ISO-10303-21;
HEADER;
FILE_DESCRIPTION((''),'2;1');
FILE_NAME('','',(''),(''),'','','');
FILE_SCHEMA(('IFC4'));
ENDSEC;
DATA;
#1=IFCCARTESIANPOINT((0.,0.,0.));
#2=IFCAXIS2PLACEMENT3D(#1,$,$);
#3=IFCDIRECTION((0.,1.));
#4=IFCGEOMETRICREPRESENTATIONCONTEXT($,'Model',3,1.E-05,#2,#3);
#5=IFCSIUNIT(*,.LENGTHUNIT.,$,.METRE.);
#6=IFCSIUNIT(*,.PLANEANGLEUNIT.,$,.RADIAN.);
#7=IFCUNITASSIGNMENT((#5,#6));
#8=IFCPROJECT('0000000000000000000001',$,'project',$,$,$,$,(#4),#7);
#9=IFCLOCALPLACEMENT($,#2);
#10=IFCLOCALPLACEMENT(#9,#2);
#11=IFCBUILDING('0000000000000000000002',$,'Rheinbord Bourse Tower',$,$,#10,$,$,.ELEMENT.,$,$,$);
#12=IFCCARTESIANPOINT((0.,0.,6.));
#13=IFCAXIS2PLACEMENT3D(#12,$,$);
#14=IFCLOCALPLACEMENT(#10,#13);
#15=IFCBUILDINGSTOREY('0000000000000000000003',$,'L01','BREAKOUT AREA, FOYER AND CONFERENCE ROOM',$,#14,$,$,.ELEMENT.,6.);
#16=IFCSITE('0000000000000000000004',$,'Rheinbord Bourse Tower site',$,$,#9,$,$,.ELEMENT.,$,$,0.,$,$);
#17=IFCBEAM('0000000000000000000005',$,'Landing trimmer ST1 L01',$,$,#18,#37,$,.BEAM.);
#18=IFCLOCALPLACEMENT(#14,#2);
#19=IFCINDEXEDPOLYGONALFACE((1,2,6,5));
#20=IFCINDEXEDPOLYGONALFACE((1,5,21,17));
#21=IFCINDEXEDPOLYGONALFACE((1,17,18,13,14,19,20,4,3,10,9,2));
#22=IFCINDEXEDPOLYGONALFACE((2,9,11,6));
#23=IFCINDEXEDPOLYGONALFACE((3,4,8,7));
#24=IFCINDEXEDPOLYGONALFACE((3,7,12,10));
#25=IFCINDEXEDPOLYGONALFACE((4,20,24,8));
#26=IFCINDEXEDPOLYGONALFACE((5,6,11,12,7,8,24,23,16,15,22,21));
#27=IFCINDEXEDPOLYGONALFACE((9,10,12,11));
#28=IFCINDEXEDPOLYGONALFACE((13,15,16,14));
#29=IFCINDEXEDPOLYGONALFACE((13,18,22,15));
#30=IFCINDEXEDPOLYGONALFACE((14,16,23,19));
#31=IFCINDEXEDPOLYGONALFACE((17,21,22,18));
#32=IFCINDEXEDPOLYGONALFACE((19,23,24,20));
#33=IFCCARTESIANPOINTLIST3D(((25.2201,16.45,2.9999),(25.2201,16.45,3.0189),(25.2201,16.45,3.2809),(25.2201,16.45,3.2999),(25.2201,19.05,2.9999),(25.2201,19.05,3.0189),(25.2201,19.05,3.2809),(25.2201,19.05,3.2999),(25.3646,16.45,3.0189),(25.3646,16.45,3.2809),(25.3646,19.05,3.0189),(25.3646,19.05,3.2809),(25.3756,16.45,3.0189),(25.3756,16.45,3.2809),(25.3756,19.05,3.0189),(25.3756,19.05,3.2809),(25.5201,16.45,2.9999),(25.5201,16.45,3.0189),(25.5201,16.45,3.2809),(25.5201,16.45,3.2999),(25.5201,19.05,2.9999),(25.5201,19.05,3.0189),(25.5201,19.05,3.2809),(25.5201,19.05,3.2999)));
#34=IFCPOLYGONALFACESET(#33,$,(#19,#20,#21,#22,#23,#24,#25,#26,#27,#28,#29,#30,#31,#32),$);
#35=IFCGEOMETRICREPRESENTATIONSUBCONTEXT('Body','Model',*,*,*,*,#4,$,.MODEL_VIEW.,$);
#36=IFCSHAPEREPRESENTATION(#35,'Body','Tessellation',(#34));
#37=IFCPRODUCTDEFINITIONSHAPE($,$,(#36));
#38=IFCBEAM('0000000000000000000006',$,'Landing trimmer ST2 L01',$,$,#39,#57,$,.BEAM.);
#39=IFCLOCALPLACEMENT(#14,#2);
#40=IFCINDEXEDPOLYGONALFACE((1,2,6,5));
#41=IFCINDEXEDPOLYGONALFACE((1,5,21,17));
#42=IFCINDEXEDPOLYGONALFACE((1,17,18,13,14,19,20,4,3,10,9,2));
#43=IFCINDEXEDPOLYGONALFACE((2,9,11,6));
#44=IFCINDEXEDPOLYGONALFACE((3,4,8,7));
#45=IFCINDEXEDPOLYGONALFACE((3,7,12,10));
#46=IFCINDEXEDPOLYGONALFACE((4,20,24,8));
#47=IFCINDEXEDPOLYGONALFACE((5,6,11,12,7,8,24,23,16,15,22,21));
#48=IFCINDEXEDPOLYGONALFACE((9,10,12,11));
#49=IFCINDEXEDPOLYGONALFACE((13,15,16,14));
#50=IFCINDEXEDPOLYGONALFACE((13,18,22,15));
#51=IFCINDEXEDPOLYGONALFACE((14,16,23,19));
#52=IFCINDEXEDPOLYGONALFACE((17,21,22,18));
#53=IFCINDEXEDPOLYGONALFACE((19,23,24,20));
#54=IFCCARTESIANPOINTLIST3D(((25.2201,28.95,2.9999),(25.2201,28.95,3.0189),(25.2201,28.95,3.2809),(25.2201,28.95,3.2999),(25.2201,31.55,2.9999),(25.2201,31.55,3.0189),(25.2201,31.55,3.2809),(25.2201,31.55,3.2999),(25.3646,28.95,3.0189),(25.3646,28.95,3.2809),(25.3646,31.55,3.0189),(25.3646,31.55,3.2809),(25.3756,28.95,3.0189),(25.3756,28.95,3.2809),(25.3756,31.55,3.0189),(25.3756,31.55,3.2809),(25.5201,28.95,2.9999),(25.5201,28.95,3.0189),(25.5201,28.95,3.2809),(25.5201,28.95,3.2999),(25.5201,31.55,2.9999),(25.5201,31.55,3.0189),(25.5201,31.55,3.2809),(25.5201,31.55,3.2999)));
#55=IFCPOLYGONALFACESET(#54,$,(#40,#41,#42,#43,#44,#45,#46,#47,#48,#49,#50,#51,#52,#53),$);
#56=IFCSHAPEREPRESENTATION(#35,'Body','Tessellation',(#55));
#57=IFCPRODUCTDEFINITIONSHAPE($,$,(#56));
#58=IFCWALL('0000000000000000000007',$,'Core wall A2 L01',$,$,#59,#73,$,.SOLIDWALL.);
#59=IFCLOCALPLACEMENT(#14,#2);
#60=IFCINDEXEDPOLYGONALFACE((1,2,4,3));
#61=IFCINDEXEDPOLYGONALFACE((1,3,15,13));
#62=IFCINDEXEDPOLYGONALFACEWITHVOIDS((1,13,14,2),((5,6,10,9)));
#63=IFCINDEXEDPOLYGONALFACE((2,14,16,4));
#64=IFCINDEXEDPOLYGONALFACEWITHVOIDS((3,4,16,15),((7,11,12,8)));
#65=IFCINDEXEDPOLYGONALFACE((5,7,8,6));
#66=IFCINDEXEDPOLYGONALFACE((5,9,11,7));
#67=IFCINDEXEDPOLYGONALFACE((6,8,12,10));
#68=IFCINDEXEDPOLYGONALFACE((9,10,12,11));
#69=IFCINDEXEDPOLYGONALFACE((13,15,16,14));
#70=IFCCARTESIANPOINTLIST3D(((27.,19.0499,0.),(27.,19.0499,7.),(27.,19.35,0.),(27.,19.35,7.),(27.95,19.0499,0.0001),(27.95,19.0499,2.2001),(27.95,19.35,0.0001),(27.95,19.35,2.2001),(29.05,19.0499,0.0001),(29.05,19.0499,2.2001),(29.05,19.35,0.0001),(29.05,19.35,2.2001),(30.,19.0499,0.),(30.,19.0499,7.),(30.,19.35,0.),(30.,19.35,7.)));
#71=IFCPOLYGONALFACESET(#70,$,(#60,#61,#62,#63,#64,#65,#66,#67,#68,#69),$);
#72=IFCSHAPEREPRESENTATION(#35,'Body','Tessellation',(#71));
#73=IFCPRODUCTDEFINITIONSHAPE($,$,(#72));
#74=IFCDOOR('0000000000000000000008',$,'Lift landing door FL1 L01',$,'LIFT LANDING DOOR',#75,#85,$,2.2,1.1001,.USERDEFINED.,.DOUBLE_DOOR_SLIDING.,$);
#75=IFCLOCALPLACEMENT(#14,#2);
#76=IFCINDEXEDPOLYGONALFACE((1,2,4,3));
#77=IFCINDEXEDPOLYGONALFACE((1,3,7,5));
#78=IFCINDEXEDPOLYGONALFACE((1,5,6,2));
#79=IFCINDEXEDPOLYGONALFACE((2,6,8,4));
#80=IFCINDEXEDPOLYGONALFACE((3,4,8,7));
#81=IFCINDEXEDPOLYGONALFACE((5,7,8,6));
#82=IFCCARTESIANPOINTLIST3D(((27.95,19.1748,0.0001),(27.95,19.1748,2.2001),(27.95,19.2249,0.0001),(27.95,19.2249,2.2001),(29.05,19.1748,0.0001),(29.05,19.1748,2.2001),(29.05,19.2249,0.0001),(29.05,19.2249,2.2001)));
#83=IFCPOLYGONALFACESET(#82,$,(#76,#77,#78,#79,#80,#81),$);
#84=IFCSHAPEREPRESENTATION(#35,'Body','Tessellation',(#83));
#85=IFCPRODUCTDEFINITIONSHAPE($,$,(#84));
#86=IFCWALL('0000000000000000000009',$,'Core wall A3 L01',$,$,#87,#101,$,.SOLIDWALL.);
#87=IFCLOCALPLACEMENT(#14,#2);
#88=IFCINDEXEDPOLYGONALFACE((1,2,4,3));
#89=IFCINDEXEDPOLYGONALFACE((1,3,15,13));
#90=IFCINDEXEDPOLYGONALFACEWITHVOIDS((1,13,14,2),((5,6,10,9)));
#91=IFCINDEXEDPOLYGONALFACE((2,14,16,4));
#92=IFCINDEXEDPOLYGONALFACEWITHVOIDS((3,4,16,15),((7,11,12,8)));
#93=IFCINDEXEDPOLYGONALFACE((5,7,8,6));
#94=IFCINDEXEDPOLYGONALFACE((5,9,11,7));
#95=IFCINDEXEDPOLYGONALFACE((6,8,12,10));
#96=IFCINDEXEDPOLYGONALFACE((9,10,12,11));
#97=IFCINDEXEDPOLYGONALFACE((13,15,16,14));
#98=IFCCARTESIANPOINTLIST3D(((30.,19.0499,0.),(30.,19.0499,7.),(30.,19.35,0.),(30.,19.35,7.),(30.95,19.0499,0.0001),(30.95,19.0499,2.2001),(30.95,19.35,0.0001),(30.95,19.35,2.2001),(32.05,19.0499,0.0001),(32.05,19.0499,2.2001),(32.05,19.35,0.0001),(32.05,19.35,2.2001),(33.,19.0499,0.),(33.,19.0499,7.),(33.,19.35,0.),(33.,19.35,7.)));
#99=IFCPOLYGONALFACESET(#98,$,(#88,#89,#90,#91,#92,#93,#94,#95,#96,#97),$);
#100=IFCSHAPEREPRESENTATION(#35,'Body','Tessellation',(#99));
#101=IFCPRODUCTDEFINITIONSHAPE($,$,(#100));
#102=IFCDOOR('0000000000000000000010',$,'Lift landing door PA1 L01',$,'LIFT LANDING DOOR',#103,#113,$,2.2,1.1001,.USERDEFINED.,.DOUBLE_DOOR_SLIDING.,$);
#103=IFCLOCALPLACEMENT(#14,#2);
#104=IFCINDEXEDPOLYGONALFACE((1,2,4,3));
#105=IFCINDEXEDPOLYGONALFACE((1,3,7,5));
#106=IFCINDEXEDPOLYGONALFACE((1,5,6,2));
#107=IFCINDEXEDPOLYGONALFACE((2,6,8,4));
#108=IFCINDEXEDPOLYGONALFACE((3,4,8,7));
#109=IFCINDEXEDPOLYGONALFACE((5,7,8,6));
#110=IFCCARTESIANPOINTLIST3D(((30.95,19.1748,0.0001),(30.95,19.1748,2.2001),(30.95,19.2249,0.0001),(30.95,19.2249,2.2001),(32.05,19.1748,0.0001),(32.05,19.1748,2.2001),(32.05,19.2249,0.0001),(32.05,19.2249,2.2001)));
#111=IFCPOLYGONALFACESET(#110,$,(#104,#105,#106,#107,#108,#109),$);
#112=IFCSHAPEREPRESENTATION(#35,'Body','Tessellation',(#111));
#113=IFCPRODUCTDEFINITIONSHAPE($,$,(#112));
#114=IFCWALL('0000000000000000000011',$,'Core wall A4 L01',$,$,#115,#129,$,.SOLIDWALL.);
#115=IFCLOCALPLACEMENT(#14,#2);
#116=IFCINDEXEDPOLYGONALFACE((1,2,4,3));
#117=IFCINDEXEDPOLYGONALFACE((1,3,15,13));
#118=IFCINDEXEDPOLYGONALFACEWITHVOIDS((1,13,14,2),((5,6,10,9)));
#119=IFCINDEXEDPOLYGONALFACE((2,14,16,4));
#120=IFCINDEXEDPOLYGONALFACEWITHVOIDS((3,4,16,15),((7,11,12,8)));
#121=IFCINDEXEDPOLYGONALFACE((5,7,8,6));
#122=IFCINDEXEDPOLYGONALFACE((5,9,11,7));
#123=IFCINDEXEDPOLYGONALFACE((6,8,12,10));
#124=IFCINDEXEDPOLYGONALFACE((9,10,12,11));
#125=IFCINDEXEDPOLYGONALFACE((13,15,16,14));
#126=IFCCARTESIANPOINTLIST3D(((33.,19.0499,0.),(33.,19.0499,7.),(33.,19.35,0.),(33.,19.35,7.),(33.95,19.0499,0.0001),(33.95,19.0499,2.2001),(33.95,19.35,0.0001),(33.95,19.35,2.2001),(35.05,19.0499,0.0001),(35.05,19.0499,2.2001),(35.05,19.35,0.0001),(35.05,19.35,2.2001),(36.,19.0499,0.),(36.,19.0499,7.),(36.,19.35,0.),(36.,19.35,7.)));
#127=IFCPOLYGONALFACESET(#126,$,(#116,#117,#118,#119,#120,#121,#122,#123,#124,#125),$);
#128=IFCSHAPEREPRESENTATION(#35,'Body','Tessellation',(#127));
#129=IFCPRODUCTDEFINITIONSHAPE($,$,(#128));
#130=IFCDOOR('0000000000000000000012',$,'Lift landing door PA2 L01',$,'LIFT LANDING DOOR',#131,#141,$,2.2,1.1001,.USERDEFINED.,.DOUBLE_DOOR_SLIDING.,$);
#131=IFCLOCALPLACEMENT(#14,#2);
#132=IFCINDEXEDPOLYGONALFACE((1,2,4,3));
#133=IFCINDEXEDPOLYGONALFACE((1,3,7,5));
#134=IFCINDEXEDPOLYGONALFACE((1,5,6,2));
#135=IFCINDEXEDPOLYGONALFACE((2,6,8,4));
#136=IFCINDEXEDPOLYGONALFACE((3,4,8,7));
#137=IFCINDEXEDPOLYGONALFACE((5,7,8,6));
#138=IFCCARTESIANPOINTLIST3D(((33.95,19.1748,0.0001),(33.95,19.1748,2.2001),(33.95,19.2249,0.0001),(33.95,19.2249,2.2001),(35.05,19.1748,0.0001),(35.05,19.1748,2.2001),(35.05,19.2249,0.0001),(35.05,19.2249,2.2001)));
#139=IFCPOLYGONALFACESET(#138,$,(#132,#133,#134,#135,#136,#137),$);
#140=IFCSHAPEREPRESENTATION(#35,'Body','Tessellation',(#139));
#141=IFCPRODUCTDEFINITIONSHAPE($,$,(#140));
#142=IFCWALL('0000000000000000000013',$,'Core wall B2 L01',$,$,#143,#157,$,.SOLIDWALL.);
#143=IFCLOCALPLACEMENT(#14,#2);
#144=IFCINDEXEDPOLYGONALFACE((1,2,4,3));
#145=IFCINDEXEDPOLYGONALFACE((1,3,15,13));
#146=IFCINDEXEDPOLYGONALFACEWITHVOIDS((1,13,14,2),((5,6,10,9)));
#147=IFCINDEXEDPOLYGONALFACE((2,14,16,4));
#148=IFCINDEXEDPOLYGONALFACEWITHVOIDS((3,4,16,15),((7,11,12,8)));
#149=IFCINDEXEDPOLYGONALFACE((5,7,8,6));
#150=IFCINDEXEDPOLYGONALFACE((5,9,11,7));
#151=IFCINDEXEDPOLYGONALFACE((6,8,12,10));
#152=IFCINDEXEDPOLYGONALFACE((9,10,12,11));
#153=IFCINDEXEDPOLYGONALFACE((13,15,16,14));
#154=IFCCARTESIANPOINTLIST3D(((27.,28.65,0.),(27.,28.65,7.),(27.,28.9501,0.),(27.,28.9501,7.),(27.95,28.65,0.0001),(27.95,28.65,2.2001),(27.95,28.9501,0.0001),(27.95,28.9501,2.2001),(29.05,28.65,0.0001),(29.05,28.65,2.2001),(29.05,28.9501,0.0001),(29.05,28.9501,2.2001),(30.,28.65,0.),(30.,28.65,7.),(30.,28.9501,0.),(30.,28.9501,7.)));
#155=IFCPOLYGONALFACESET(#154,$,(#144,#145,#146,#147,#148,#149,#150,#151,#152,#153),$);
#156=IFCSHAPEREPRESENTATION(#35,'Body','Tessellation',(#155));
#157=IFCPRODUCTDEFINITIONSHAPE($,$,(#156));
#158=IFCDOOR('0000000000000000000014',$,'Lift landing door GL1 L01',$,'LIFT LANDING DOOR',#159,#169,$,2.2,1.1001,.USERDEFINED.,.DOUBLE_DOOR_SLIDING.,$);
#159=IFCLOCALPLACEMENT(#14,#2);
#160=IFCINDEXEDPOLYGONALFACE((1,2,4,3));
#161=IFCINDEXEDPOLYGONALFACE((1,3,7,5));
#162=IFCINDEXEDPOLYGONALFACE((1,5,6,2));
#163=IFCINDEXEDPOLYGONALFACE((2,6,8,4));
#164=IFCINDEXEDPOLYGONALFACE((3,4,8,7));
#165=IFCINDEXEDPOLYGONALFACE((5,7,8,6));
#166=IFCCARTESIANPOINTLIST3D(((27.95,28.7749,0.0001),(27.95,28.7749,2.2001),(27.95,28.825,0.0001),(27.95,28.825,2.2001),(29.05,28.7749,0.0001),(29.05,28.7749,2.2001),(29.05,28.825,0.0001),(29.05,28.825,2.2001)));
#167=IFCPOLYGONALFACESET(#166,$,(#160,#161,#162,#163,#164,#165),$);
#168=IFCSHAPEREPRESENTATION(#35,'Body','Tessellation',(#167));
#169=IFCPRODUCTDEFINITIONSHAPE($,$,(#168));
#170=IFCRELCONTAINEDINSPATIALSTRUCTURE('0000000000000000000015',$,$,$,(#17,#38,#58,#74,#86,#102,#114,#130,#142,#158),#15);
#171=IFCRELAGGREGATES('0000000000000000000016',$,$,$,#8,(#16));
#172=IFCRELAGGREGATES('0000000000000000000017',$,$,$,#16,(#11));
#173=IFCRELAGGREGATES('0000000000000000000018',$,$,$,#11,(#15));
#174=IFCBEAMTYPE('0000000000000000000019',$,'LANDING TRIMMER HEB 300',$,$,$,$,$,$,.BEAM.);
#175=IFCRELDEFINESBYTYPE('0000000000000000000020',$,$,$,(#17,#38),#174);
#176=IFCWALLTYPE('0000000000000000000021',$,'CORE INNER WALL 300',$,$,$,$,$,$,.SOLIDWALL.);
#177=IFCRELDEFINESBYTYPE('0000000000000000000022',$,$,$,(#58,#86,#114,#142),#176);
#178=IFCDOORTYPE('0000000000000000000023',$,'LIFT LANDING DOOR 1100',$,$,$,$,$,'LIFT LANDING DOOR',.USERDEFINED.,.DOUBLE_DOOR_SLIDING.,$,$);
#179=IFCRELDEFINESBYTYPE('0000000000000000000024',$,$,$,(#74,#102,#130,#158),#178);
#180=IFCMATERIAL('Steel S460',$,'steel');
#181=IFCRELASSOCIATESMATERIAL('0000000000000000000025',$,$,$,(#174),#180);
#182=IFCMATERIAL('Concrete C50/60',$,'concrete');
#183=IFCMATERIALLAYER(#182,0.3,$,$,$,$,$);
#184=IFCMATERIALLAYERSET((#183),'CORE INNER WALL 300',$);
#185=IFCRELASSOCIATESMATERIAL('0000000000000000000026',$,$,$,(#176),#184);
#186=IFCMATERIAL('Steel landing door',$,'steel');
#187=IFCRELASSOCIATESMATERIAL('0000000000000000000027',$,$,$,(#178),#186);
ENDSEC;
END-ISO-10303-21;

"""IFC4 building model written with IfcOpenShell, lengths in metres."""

from ifc_helpers import new_model, si_unit, direction, frame, frame_2d, origin, origin_2d, place, context, subcontext, project, spatial, rectangle, i_section, extrude, material, layer, layer_set, material_profile, profile_set, type_object, element, fill, save


model = new_model("IFC4")

# Units and contexts
model_context = context("Model", 3, precision=1e-05, world=origin(), true_north=direction((0.0, 1.0)))
body_context = subcontext(model_context, "Body", "Model", "MODEL_VIEW")
ifc_project = project(units=[si_unit("LENGTHUNIT", "METRE"), si_unit("PLANEANGLEUNIT", "RADIAN")], contexts=[model_context])

# Site, building, storey
site_placement = place(None, origin())
site = spatial("IfcSite", under=ifc_project, at=site_placement, Name="Rheinbord Bourse Tower site", CompositionType="ELEMENT", RefElevation=0.0)
building_placement = place(site_placement, origin())
building = spatial("IfcBuilding", under=site, at=building_placement, Name="Rheinbord Bourse Tower", CompositionType="ELEMENT")
storey_placement = place(building_placement, frame((0.0, 0.0, 6.0)))
storey = spatial("IfcBuildingStorey", under=building, at=storey_placement, Name="L01", Description="BREAKOUT AREA, FOYER AND CONFERENCE ROOM", CompositionType="ELEMENT", Elevation=6.0)

# Beams
ifc_material_1 = material(Name="Steel S460", Category="steel")
ifc_material_profile = material_profile(ifc_material_1, i_section(OverallWidth=0.3, OverallDepth=0.3, WebThickness=0.011, FlangeThickness=0.019, at=origin_2d()), Name="HEB 300")
ifc_profile_set = profile_set([ifc_material_profile], Name="Steel S460")
beam_type = type_object("IfcBeamType", Name="LANDING TRIMMER HEB 300", PredefinedType="BEAM", material=ifc_profile_set)
for number, where, z_axis, x_axis, name in (
    (1, (25.3701, 16.45, 3.1499), (0.0, 1.0, 0.0), (-1.0, 0.0, 0.0), "Landing trimmer ST1 L01"),
    (2, (25.3701, 28.95, 3.1499), (0.0, 1.0, 0.0), (-1.0, 0.0, 0.0), "Landing trimmer ST2 L01"),
):
    element("IfcBeam", number, at=place(storey_placement, frame(where, z_axis=z_axis, x_axis=x_axis)), inside=storey, type_object=beam_type, Name=name, PredefinedType="BEAM", context=body_context, shape_type="SweptSolid", body=[
        extrude(i_section(OverallWidth=0.3, OverallDepth=0.3, WebThickness=0.011, FlangeThickness=0.019, at=origin_2d()), origin(), (0.0, 0.0, 1.0), 2.6001),
    ])

# Walls, openings, doors
ifc_material_2 = material(Name="Concrete C50/60", Category="concrete")
ifc_layer_1 = layer(ifc_material_2, 0.3)
ifc_layer_set_1 = layer_set([ifc_layer_1], Name="CORE INNER WALL 300")
wall_type_1 = type_object("IfcWallType", Name="CORE INNER WALL 300", PredefinedType="SOLIDWALL", material=ifc_layer_set_1)
wall_1_placement = place(storey_placement, frame((27.0, 19.2, 0.0), z_axis=(0.0, 0.0, 1.0), x_axis=(1.0, 0.0, 0.0)))
wall_1 = element("IfcWall", 3, at=wall_1_placement, inside=storey, type_object=wall_type_1, Name="Core wall A2 L01", PredefinedType="SOLIDWALL", context=body_context, shape_type="SweptSolid", body=[
    extrude(rectangle(XDim=3.0, YDim=0.3, at=frame_2d((1.5, 0.0))), origin(), (0.0, 0.0, 1.0), 7.0),
])
opening_1_placement = place(wall_1_placement, frame((0.95, 0.0, 0.0)))
opening_1 = element("IfcOpeningElement", 4, at=opening_1_placement, cuts=wall_1, PredefinedType="OPENING", context=body_context, shape_type="SweptSolid", body=[
    extrude(rectangle(XDim=1.1001, YDim=2.2, at=frame_2d((0.55, 1.1001))), frame((0.0, 0.1599, 0.0), z_axis=(0.0, -1.0, 0.0), x_axis=(1.0, 0.0, 0.0)), (0.0, 0.0, 1.0), 0.3201),
])
ifc_material_3 = material(Name="Steel landing door", Category="steel")
door_type_1 = type_object("IfcDoorType", Name="LIFT LANDING DOOR 1100", ElementType="LIFT LANDING DOOR", OperationType="DOUBLE_DOOR_SLIDING", PredefinedType="USERDEFINED", material=ifc_material_3)
door_1_placement = place(opening_1_placement, origin())
door_1 = element("IfcDoor", 5, at=door_1_placement, inside=storey, type_object=door_type_1, Name="Lift landing door FL1 L01", ObjectType="LIFT LANDING DOOR", OperationType="DOUBLE_DOOR_SLIDING", OverallHeight=2.2, OverallWidth=1.1001, PredefinedType="USERDEFINED", context=body_context, shape_type="SweptSolid", body=[
    extrude(rectangle(XDim=1.1001, YDim=2.2, at=frame_2d((0.55, 1.1001))), frame((0.0, 0.0249, 0.0), z_axis=(0.0, -1.0, 0.0), x_axis=(1.0, 0.0, 0.0)), (0.0, 0.0, 1.0), 0.05),
])
fill(opening_1, door_1)
wall_2_placement = place(storey_placement, frame((30.0, 19.2, 0.0), z_axis=(0.0, 0.0, 1.0), x_axis=(1.0, 0.0, 0.0)))
wall_2 = element("IfcWall", 6, at=wall_2_placement, inside=storey, type_object=wall_type_1, Name="Core wall A3 L01", PredefinedType="SOLIDWALL", context=body_context, shape_type="SweptSolid", body=[
    extrude(rectangle(XDim=3.0, YDim=0.3, at=frame_2d((1.5, 0.0))), origin(), (0.0, 0.0, 1.0), 7.0),
])
opening_2_placement = place(wall_2_placement, frame((0.95, 0.0, 0.0)))
opening_2 = element("IfcOpeningElement", 7, at=opening_2_placement, cuts=wall_2, PredefinedType="OPENING", context=body_context, shape_type="SweptSolid", body=[
    extrude(rectangle(XDim=1.1001, YDim=2.2, at=frame_2d((0.55, 1.1001))), frame((0.0, 0.1599, 0.0), z_axis=(0.0, -1.0, 0.0), x_axis=(1.0, 0.0, 0.0)), (0.0, 0.0, 1.0), 0.3201),
])
door_2_placement = place(opening_2_placement, origin())
door_2 = element("IfcDoor", 8, at=door_2_placement, inside=storey, type_object=door_type_1, Name="Lift landing door PA1 L01", ObjectType="LIFT LANDING DOOR", OperationType="DOUBLE_DOOR_SLIDING", OverallHeight=2.2, OverallWidth=1.1001, PredefinedType="USERDEFINED", context=body_context, shape_type="SweptSolid", body=[
    extrude(rectangle(XDim=1.1001, YDim=2.2, at=frame_2d((0.55, 1.1001))), frame((0.0, 0.0249, 0.0), z_axis=(0.0, -1.0, 0.0), x_axis=(1.0, 0.0, 0.0)), (0.0, 0.0, 1.0), 0.05),
])
fill(opening_2, door_2)
wall_3_placement = place(storey_placement, frame((33.0, 19.2, 0.0), z_axis=(0.0, 0.0, 1.0), x_axis=(1.0, 0.0, 0.0)))
wall_3 = element("IfcWall", 9, at=wall_3_placement, inside=storey, type_object=wall_type_1, Name="Core wall A4 L01", PredefinedType="SOLIDWALL", context=body_context, shape_type="SweptSolid", body=[
    extrude(rectangle(XDim=3.0, YDim=0.3, at=frame_2d((1.5, 0.0))), origin(), (0.0, 0.0, 1.0), 7.0),
])
opening_3_placement = place(wall_3_placement, frame((0.95, 0.0, 0.0)))
opening_3 = element("IfcOpeningElement", 10, at=opening_3_placement, cuts=wall_3, PredefinedType="OPENING", context=body_context, shape_type="SweptSolid", body=[
    extrude(rectangle(XDim=1.1001, YDim=2.2, at=frame_2d((0.55, 1.1001))), frame((0.0, 0.1599, 0.0), z_axis=(0.0, -1.0, 0.0), x_axis=(1.0, 0.0, 0.0)), (0.0, 0.0, 1.0), 0.3201),
])
door_3_placement = place(opening_3_placement, origin())
door_3 = element("IfcDoor", 11, at=door_3_placement, inside=storey, type_object=door_type_1, Name="Lift landing door PA2 L01", ObjectType="LIFT LANDING DOOR", OperationType="DOUBLE_DOOR_SLIDING", OverallHeight=2.2, OverallWidth=1.1001, PredefinedType="USERDEFINED", context=body_context, shape_type="SweptSolid", body=[
    extrude(rectangle(XDim=1.1001, YDim=2.2, at=frame_2d((0.55, 1.1001))), frame((0.0, 0.0249, 0.0), z_axis=(0.0, -1.0, 0.0), x_axis=(1.0, 0.0, 0.0)), (0.0, 0.0, 1.0), 0.05),
])
fill(opening_3, door_3)
wall_4_placement = place(storey_placement, frame((27.0, 28.8, 0.0), z_axis=(0.0, 0.0, 1.0), x_axis=(1.0, 0.0, 0.0)))
wall_4 = element("IfcWall", 12, at=wall_4_placement, inside=storey, type_object=wall_type_1, Name="Core wall B2 L01", PredefinedType="SOLIDWALL", context=body_context, shape_type="SweptSolid", body=[
    extrude(rectangle(XDim=3.0, YDim=0.3, at=frame_2d((1.5, 0.0))), origin(), (0.0, 0.0, 1.0), 7.0),
])
opening_4_placement = place(wall_4_placement, frame((0.95, 0.0, 0.0)))
opening_4 = element("IfcOpeningElement", 13, at=opening_4_placement, cuts=wall_4, PredefinedType="OPENING", context=body_context, shape_type="SweptSolid", body=[
    extrude(rectangle(XDim=1.1001, YDim=2.2, at=frame_2d((0.55, 1.1001))), frame((0.0, 0.1599, 0.0), z_axis=(0.0, -1.0, 0.0), x_axis=(1.0, 0.0, 0.0)), (0.0, 0.0, 1.0), 0.3201),
])
door_4_placement = place(opening_4_placement, origin())
door_4 = element("IfcDoor", 14, at=door_4_placement, inside=storey, type_object=door_type_1, Name="Lift landing door GL1 L01", ObjectType="LIFT LANDING DOOR", OperationType="DOUBLE_DOOR_SLIDING", OverallHeight=2.2, OverallWidth=1.1001, PredefinedType="USERDEFINED", context=body_context, shape_type="SweptSolid", body=[
    extrude(rectangle(XDim=1.1001, YDim=2.2, at=frame_2d((0.55, 1.1001))), frame((0.0, 0.0249, 0.0), z_axis=(0.0, -1.0, 0.0), x_axis=(1.0, 0.0, 0.0)), (0.0, 0.0, 1.0), 0.05),
])
fill(opening_4, door_4)

save(model, "model.ifc")
